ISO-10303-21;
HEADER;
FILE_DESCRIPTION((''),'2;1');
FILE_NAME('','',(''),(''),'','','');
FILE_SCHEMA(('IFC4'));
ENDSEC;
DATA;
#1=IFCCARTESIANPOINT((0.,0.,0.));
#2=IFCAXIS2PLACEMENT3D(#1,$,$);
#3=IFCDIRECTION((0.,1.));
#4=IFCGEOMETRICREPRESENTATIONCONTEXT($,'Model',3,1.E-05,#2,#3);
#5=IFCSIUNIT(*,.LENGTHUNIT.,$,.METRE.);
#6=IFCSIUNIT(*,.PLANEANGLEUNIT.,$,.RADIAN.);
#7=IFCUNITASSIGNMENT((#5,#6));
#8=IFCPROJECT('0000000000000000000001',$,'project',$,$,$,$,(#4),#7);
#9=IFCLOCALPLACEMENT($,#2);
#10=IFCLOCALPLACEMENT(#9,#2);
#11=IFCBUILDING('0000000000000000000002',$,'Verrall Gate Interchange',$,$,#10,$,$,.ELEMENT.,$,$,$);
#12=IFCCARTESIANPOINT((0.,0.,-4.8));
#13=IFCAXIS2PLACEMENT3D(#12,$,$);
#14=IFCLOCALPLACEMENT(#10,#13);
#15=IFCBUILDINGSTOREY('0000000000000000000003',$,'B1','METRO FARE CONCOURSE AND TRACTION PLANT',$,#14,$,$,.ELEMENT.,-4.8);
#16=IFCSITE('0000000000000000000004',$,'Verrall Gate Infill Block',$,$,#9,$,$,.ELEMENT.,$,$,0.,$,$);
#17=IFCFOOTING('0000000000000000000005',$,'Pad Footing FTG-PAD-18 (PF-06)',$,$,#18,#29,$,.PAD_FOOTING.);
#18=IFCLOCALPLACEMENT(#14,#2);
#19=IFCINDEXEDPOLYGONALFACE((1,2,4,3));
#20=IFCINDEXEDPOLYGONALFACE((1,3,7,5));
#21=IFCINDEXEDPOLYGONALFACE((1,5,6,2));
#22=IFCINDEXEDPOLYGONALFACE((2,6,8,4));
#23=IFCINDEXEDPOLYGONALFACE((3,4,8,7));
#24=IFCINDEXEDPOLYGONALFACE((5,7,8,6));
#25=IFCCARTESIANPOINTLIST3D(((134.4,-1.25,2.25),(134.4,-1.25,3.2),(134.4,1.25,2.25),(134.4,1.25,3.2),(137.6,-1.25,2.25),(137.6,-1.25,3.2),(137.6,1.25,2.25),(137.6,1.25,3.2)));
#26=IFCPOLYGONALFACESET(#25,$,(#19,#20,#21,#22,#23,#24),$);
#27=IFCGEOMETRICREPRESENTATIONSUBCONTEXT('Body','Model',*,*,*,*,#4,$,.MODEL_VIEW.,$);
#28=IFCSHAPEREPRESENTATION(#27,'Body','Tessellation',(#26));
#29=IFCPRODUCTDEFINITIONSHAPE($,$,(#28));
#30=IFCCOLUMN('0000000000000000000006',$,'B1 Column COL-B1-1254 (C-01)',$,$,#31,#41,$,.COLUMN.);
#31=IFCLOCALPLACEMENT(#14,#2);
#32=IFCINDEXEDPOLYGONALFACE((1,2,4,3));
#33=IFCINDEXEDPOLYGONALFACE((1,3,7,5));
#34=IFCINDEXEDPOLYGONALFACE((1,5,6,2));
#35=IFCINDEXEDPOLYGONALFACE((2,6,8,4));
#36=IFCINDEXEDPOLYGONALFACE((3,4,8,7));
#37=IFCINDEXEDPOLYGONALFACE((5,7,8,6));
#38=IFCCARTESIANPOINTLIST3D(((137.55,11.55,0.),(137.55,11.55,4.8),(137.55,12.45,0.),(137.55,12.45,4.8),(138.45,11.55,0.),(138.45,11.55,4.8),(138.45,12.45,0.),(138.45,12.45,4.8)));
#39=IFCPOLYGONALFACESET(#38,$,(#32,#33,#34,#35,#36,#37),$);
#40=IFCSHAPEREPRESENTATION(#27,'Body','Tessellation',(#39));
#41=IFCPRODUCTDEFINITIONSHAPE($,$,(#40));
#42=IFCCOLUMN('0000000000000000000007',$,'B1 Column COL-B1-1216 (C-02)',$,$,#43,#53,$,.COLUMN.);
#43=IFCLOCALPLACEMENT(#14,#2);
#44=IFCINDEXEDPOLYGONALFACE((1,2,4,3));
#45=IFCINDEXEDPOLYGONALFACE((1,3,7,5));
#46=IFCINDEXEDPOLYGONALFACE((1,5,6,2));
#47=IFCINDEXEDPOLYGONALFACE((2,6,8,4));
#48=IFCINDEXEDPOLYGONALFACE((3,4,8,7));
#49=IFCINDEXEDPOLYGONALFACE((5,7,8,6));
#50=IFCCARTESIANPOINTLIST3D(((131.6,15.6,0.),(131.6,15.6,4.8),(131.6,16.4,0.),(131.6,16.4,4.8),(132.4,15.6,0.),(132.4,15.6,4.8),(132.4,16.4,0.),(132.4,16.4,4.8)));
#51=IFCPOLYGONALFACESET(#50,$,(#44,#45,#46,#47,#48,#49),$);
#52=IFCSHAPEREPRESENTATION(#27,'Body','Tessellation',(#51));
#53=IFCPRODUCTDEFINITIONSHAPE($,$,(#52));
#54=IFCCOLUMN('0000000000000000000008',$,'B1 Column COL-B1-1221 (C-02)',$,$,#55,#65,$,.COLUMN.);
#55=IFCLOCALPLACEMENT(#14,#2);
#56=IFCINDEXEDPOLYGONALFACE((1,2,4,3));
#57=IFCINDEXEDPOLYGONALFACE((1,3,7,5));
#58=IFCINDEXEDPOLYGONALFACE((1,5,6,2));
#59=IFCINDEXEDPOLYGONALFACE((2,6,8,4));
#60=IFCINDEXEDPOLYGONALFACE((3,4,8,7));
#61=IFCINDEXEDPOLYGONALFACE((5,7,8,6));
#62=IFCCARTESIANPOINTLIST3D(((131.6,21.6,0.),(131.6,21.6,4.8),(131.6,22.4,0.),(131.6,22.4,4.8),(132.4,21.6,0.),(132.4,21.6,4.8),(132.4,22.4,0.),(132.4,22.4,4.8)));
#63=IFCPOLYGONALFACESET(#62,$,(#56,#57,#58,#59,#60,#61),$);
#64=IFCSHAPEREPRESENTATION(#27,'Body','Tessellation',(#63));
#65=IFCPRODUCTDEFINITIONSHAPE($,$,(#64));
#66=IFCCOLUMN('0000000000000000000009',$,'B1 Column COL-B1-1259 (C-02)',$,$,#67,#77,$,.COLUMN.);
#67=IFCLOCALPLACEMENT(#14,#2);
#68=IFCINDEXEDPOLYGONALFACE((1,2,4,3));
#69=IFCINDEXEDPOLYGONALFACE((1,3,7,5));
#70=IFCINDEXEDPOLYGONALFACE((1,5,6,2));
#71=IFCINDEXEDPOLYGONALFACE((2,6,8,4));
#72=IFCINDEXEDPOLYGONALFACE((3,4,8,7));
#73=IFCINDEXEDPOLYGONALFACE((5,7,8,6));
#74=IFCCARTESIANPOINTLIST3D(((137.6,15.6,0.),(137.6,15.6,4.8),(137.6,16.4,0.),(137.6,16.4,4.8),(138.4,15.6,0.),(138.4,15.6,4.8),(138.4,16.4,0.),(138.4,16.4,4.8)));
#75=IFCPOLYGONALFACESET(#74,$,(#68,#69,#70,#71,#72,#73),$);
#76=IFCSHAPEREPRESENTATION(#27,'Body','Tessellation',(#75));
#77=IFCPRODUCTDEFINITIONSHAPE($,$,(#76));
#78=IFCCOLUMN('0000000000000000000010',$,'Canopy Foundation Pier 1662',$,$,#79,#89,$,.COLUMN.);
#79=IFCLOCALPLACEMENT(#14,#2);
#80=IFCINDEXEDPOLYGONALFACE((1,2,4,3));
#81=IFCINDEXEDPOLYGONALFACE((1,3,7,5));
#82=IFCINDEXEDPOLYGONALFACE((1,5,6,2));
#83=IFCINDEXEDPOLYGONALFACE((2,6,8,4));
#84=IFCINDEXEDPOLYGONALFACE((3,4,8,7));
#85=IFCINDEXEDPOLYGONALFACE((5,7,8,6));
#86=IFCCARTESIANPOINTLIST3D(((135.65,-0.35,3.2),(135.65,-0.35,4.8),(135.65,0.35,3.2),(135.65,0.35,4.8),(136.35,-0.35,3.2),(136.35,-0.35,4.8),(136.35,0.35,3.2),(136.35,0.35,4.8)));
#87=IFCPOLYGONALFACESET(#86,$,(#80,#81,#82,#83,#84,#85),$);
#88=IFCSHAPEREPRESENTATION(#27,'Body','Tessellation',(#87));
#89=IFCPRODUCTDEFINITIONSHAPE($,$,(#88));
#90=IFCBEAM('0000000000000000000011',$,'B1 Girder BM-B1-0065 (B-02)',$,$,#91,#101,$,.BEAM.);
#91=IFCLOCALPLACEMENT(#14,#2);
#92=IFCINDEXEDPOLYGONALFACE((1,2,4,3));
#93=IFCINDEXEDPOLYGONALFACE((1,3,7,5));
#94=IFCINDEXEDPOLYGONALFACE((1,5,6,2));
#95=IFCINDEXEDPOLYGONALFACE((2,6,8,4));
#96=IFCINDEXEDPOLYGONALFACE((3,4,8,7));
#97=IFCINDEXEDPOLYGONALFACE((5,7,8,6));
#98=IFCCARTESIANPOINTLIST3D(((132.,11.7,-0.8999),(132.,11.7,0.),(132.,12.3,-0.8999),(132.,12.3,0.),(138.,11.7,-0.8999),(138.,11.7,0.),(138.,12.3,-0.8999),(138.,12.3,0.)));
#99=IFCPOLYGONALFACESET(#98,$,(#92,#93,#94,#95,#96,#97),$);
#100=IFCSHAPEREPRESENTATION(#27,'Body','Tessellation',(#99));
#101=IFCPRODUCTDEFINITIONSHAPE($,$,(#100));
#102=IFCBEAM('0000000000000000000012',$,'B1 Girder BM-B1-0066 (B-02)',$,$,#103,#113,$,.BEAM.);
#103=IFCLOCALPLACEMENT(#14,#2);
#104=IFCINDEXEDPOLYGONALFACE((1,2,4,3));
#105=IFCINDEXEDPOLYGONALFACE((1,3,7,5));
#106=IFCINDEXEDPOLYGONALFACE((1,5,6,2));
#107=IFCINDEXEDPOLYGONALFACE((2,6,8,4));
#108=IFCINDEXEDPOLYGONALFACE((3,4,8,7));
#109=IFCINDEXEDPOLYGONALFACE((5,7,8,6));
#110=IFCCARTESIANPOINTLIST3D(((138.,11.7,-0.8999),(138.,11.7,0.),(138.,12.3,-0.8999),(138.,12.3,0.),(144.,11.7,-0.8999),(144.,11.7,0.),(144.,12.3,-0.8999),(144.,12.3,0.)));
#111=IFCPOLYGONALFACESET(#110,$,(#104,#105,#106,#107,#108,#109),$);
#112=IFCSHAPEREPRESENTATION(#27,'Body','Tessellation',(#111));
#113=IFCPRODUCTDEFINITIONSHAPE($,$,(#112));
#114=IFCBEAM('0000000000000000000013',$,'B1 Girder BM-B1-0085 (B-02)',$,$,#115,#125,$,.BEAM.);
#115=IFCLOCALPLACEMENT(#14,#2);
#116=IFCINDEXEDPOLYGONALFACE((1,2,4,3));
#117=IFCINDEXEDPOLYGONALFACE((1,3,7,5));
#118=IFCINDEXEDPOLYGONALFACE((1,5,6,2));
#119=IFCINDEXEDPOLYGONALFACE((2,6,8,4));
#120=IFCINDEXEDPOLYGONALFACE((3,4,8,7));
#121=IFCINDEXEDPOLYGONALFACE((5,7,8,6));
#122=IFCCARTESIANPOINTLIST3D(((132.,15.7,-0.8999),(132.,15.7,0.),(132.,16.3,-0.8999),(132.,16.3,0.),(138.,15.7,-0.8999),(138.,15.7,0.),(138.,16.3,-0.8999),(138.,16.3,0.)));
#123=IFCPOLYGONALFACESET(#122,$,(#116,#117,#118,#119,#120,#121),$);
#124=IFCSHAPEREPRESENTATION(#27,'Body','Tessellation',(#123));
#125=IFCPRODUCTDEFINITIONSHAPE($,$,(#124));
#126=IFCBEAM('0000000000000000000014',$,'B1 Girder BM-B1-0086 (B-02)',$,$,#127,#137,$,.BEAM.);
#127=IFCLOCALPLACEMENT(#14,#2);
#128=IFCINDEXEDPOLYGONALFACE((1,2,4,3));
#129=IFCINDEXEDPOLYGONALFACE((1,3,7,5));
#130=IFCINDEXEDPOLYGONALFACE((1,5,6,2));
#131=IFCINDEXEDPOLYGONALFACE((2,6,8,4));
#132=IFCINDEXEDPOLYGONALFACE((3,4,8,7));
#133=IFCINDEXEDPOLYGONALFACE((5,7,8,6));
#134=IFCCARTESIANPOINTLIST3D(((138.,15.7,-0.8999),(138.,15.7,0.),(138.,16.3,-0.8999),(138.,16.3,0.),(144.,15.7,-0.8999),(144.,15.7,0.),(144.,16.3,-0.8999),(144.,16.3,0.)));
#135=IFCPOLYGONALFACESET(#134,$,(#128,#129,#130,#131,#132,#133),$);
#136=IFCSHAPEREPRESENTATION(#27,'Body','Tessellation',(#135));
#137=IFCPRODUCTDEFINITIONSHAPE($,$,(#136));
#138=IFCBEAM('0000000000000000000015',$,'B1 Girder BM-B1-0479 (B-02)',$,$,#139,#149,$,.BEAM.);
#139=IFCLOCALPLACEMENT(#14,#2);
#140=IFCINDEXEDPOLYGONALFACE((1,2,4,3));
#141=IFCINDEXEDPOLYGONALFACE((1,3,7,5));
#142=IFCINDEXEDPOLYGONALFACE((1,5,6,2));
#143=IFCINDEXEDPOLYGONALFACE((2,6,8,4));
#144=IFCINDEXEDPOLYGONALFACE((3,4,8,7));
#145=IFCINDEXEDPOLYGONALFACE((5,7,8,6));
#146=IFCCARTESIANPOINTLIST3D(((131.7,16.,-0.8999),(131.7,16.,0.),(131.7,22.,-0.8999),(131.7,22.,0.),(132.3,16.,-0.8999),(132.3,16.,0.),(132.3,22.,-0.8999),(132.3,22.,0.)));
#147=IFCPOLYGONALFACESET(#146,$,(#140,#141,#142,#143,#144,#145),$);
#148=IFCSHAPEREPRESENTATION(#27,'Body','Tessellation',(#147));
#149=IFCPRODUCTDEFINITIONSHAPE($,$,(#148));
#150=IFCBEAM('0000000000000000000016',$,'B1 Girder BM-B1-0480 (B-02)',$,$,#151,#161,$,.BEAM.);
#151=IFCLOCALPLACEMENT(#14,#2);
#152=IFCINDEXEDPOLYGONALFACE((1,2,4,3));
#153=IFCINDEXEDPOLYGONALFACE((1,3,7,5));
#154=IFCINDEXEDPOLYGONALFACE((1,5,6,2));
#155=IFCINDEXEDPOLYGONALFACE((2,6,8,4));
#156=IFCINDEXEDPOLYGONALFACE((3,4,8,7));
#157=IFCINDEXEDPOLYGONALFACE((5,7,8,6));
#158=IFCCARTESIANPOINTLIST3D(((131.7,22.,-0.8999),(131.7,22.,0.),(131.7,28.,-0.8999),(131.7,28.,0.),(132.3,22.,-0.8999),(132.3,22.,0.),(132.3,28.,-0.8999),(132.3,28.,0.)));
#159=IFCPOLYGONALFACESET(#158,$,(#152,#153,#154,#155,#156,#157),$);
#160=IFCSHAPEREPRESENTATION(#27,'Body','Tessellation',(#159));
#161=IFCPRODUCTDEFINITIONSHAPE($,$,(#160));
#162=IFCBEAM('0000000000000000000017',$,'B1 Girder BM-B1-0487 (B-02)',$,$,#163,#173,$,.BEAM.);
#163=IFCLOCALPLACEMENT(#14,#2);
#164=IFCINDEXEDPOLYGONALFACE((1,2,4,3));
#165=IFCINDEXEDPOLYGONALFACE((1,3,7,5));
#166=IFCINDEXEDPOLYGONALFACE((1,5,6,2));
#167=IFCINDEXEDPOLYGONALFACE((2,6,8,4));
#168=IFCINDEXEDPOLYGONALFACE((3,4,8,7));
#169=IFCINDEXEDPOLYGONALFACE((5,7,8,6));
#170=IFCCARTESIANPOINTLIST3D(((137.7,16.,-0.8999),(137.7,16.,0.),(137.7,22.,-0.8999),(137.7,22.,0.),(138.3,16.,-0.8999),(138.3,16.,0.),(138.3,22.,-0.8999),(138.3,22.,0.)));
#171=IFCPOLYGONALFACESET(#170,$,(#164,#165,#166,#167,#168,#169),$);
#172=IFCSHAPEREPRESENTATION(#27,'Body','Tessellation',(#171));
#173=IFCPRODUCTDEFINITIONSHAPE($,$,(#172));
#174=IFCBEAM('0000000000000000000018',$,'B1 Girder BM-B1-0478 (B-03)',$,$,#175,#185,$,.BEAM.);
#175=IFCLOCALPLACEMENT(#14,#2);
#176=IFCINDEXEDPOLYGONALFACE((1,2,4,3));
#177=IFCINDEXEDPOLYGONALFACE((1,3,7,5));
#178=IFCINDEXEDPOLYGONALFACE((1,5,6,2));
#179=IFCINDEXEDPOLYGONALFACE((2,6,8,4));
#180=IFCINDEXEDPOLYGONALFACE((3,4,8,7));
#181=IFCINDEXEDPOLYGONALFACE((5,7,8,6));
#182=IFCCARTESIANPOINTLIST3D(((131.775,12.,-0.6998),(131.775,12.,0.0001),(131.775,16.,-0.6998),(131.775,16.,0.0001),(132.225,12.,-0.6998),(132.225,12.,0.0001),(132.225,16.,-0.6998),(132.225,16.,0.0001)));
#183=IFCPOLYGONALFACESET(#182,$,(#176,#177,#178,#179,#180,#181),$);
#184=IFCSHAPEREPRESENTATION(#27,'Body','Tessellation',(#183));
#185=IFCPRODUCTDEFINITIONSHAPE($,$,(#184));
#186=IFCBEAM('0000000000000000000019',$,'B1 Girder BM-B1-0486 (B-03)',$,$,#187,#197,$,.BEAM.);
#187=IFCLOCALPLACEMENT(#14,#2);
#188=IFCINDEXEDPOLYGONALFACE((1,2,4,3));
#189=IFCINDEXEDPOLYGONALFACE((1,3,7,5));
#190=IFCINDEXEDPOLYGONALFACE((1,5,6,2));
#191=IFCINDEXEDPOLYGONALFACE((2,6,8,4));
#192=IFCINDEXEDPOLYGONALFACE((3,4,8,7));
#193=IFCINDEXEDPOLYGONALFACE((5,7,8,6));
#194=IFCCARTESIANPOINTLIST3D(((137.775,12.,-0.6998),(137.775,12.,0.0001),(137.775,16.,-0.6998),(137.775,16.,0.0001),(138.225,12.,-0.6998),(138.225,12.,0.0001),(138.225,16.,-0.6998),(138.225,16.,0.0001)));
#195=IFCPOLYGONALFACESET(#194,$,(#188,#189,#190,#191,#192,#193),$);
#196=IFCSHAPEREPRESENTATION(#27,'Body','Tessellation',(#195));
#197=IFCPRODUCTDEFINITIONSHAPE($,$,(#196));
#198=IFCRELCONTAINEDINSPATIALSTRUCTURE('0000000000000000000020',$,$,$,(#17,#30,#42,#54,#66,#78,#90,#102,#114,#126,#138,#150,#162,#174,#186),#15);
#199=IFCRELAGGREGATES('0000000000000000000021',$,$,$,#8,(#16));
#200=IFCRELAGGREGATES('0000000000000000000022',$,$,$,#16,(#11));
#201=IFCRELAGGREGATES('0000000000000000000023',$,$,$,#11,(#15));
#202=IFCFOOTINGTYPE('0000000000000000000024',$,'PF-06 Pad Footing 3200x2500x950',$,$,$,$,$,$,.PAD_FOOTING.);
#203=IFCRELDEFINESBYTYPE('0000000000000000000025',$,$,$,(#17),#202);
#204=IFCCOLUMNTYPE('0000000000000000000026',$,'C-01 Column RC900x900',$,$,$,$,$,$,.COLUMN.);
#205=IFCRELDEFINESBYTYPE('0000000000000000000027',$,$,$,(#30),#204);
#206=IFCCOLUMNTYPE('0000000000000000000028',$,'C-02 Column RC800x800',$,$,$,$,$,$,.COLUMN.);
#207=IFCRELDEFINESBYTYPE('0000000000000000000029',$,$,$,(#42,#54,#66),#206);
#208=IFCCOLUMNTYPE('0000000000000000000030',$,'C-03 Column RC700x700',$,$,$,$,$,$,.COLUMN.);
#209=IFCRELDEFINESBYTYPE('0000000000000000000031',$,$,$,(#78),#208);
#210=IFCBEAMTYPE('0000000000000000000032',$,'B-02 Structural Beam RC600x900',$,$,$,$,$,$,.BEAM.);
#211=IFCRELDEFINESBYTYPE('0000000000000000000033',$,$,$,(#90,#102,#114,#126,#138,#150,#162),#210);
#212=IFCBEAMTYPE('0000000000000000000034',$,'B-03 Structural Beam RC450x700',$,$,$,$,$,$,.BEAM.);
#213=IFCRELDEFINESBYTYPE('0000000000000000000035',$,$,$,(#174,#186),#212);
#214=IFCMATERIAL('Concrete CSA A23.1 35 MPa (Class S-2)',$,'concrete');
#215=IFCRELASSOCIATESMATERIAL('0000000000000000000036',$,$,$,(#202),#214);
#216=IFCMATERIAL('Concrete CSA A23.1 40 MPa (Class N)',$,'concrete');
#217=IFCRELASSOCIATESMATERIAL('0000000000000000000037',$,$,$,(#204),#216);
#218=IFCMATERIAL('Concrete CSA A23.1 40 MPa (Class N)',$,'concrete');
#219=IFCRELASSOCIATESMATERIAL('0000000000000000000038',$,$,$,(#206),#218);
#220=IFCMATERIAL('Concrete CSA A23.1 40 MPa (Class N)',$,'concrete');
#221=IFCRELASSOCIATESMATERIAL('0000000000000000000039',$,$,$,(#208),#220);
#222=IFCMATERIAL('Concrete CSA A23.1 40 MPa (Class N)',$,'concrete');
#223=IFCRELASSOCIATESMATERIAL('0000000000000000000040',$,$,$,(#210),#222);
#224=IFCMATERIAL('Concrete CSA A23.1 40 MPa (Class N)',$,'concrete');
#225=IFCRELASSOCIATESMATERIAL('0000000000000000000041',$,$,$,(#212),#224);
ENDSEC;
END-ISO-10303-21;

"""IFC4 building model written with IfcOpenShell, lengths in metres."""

from ifc_helpers import new_model, si_unit, direction, frame, origin, origin_2d, place, context, subcontext, project, spatial, rectangle, extrude, material, material_profile, profile_set, type_object, element, save


model = new_model("IFC4")

# Units and contexts
model_context = context("Model", 3, precision=1e-05, world=origin(), true_north=direction((0.0, 1.0)))
body_context = subcontext(model_context, "Body", "Model", "MODEL_VIEW")
ifc_project = project(units=[si_unit("LENGTHUNIT", "METRE"), si_unit("PLANEANGLEUNIT", "RADIAN")], contexts=[model_context])

# Site, building, storey
site_placement = place(None, origin())
site = spatial("IfcSite", under=ifc_project, at=site_placement, Name="Verrall Gate Infill Block", CompositionType="ELEMENT", RefElevation=0.0)
building_placement = place(site_placement, origin())
building = spatial("IfcBuilding", under=site, at=building_placement, Name="Verrall Gate Interchange", CompositionType="ELEMENT")
storey_placement = place(building_placement, frame((0.0, 0.0, -4.8)))
storey = spatial("IfcBuildingStorey", under=building, at=storey_placement, Name="B1", Description="METRO FARE CONCOURSE AND TRACTION PLANT", CompositionType="ELEMENT", Elevation=-4.8)

# Footing
ifc_material_1 = material(Name="Concrete CSA A23.1 35 MPa (Class S-2)", Category="concrete")
footing_type = type_object("IfcFootingType", Name="PF-06 Pad Footing 3200x2500x950", PredefinedType="PAD_FOOTING", material=ifc_material_1)
footing_placement = place(storey_placement, frame((136.0, 0.0, 2.25), z_axis=(0.0, 0.0, 1.0), x_axis=(1.0, 0.0, 0.0)))
element("IfcFooting", 1, at=footing_placement, inside=storey, type_object=footing_type, Name="Pad Footing FTG-PAD-18 (PF-06)", PredefinedType="PAD_FOOTING", context=body_context, shape_type="SweptSolid", body=[
    extrude(rectangle(XDim=3.2, YDim=2.5, at=origin_2d()), origin(), (0.0, 0.0, 1.0), 0.95),
])

# Columns
ifc_material_2 = material(Name="Concrete CSA A23.1 40 MPa (Class N)", Category="concrete")
ifc_material_profile_1 = material_profile(ifc_material_2, rectangle(XDim=0.8999, YDim=0.8999, at=origin_2d()), Name="RC900x900")
ifc_profile_set_1 = profile_set([ifc_material_profile_1], Name="Concrete CSA A23.1 40 MPa (Class N)")
column_type_1 = type_object("IfcColumnType", Name="C-01 Column RC900x900", PredefinedType="COLUMN", material=ifc_profile_set_1)
column_1_placement = place(storey_placement, frame((138.0, 12.0, 0.0), z_axis=(0.0, 0.0, 1.0), x_axis=(1.0, 0.0, 0.0)))
element("IfcColumn", 2, at=column_1_placement, inside=storey, type_object=column_type_1, Name="B1 Column COL-B1-1254 (C-01)", PredefinedType="COLUMN", context=body_context, shape_type="SweptSolid", body=[
    extrude(rectangle(XDim=0.8999, YDim=0.8999, at=origin_2d()), origin(), (0.0, 0.0, 1.0), 4.8),
])
ifc_material_3 = material(Name="Concrete CSA A23.1 40 MPa (Class N)", Category="concrete")
ifc_material_profile_2 = material_profile(ifc_material_3, rectangle(XDim=0.8, YDim=0.8, at=origin_2d()), Name="RC800x800")
ifc_profile_set_2 = profile_set([ifc_material_profile_2], Name="Concrete CSA A23.1 40 MPa (Class N)")
column_type_2 = type_object("IfcColumnType", Name="C-02 Column RC800x800", PredefinedType="COLUMN", material=ifc_profile_set_2)
for number, where, z_axis, x_axis, name in (
    (3, (132.0, 16.0, 0.0), (0.0, 0.0, 1.0), (1.0, 0.0, 0.0), "B1 Column COL-B1-1216 (C-02)"),
    (4, (132.0, 22.0, 0.0), (0.0, 0.0, 1.0), (1.0, 0.0, 0.0), "B1 Column COL-B1-1221 (C-02)"),
    (5, (138.0, 16.0, 0.0), (0.0, 0.0, 1.0), (1.0, 0.0, 0.0), "B1 Column COL-B1-1259 (C-02)"),
):
    element("IfcColumn", number, at=place(storey_placement, frame(where, z_axis=z_axis, x_axis=x_axis)), inside=storey, type_object=column_type_2, Name=name, PredefinedType="COLUMN", context=body_context, shape_type="SweptSolid", body=[
        extrude(rectangle(XDim=0.8, YDim=0.8, at=origin_2d()), origin(), (0.0, 0.0, 1.0), 4.8),
    ])
ifc_material_4 = material(Name="Concrete CSA A23.1 40 MPa (Class N)", Category="concrete")
ifc_material_profile_3 = material_profile(ifc_material_4, rectangle(XDim=0.7, YDim=0.7, at=origin_2d()), Name="RC700x700")
ifc_profile_set_3 = profile_set([ifc_material_profile_3], Name="Concrete CSA A23.1 40 MPa (Class N)")
column_type_3 = type_object("IfcColumnType", Name="C-03 Column RC700x700", PredefinedType="COLUMN", material=ifc_profile_set_3)
column_2_placement = place(storey_placement, frame((136.0, 0.0, 3.2), z_axis=(0.0, 0.0, 1.0), x_axis=(1.0, 0.0, 0.0)))
element("IfcColumn", 6, at=column_2_placement, inside=storey, type_object=column_type_3, Name="Canopy Foundation Pier 1662", PredefinedType="COLUMN", context=body_context, shape_type="SweptSolid", body=[
    extrude(rectangle(XDim=0.7, YDim=0.7, at=origin_2d()), origin(), (0.0, 0.0, 1.0), 1.6001),
])

# Beams
ifc_material_5 = material(Name="Concrete CSA A23.1 40 MPa (Class N)", Category="concrete")
ifc_material_profile_4 = material_profile(ifc_material_5, rectangle(XDim=0.6001, YDim=0.8999, at=origin_2d()), Name="RC600x900")
ifc_profile_set_4 = profile_set([ifc_material_profile_4], Name="Concrete CSA A23.1 40 MPa (Class N)")
beam_type_1 = type_object("IfcBeamType", Name="B-02 Structural Beam RC600x900", PredefinedType="BEAM", material=ifc_profile_set_4)
for number, where, z_axis, x_axis, name in (
    (7, (132.0, 12.0, -0.45), (1.0, 0.0, 0.0), (0.0, 1.0, 0.0), "B1 Girder BM-B1-0065 (B-02)"),
    (8, (138.0, 12.0, -0.45), (1.0, 0.0, 0.0), (0.0, 1.0, 0.0), "B1 Girder BM-B1-0066 (B-02)"),
    (9, (132.0, 16.0, -0.45), (1.0, 0.0, 0.0), (0.0, 1.0, 0.0), "B1 Girder BM-B1-0085 (B-02)"),
    (10, (138.0, 16.0, -0.45), (1.0, 0.0, 0.0), (0.0, 1.0, 0.0), "B1 Girder BM-B1-0086 (B-02)"),
    (11, (132.0, 16.0, -0.45), (0.0, 1.0, 0.0), (-1.0, 0.0, 0.0), "B1 Girder BM-B1-0479 (B-02)"),
    (12, (132.0, 22.0, -0.45), (0.0, 1.0, 0.0), (-1.0, 0.0, 0.0), "B1 Girder BM-B1-0480 (B-02)"),
    (13, (138.0, 16.0, -0.45), (0.0, 1.0, 0.0), (-1.0, 0.0, 0.0), "B1 Girder BM-B1-0487 (B-02)"),
):
    element("IfcBeam", number, at=place(storey_placement, frame(where, z_axis=z_axis, x_axis=x_axis)), inside=storey, type_object=beam_type_1, Name=name, PredefinedType="BEAM", context=body_context, shape_type="SweptSolid", body=[
        extrude(rectangle(XDim=0.6001, YDim=0.8999, at=origin_2d()), origin(), (0.0, 0.0, 1.0), 6.0),
    ])
ifc_material_6 = material(Name="Concrete CSA A23.1 40 MPa (Class N)", Category="concrete")
ifc_material_profile_5 = material_profile(ifc_material_6, rectangle(XDim=0.45, YDim=0.7, at=origin_2d()), Name="RC450x700")
ifc_profile_set_5 = profile_set([ifc_material_profile_5], Name="Concrete CSA A23.1 40 MPa (Class N)")
beam_type_2 = type_object("IfcBeamType", Name="B-03 Structural Beam RC450x700", PredefinedType="BEAM", material=ifc_profile_set_5)
for number, where, z_axis, x_axis, name in (
    (14, (132.0, 12.0, -0.3499), (0.0, 1.0, 0.0), (-1.0, 0.0, 0.0), "B1 Girder BM-B1-0478 (B-03)"),
    (15, (138.0, 12.0, -0.3499), (0.0, 1.0, 0.0), (-1.0, 0.0, 0.0), "B1 Girder BM-B1-0486 (B-03)"),
):
    element("IfcBeam", number, at=place(storey_placement, frame(where, z_axis=z_axis, x_axis=x_axis)), inside=storey, type_object=beam_type_2, Name=name, PredefinedType="BEAM", context=body_context, shape_type="SweptSolid", body=[
        extrude(rectangle(XDim=0.45, YDim=0.7, at=origin_2d()), origin(), (0.0, 0.0, 1.0), 4.0),
    ])

save(model, "model.ifc")
